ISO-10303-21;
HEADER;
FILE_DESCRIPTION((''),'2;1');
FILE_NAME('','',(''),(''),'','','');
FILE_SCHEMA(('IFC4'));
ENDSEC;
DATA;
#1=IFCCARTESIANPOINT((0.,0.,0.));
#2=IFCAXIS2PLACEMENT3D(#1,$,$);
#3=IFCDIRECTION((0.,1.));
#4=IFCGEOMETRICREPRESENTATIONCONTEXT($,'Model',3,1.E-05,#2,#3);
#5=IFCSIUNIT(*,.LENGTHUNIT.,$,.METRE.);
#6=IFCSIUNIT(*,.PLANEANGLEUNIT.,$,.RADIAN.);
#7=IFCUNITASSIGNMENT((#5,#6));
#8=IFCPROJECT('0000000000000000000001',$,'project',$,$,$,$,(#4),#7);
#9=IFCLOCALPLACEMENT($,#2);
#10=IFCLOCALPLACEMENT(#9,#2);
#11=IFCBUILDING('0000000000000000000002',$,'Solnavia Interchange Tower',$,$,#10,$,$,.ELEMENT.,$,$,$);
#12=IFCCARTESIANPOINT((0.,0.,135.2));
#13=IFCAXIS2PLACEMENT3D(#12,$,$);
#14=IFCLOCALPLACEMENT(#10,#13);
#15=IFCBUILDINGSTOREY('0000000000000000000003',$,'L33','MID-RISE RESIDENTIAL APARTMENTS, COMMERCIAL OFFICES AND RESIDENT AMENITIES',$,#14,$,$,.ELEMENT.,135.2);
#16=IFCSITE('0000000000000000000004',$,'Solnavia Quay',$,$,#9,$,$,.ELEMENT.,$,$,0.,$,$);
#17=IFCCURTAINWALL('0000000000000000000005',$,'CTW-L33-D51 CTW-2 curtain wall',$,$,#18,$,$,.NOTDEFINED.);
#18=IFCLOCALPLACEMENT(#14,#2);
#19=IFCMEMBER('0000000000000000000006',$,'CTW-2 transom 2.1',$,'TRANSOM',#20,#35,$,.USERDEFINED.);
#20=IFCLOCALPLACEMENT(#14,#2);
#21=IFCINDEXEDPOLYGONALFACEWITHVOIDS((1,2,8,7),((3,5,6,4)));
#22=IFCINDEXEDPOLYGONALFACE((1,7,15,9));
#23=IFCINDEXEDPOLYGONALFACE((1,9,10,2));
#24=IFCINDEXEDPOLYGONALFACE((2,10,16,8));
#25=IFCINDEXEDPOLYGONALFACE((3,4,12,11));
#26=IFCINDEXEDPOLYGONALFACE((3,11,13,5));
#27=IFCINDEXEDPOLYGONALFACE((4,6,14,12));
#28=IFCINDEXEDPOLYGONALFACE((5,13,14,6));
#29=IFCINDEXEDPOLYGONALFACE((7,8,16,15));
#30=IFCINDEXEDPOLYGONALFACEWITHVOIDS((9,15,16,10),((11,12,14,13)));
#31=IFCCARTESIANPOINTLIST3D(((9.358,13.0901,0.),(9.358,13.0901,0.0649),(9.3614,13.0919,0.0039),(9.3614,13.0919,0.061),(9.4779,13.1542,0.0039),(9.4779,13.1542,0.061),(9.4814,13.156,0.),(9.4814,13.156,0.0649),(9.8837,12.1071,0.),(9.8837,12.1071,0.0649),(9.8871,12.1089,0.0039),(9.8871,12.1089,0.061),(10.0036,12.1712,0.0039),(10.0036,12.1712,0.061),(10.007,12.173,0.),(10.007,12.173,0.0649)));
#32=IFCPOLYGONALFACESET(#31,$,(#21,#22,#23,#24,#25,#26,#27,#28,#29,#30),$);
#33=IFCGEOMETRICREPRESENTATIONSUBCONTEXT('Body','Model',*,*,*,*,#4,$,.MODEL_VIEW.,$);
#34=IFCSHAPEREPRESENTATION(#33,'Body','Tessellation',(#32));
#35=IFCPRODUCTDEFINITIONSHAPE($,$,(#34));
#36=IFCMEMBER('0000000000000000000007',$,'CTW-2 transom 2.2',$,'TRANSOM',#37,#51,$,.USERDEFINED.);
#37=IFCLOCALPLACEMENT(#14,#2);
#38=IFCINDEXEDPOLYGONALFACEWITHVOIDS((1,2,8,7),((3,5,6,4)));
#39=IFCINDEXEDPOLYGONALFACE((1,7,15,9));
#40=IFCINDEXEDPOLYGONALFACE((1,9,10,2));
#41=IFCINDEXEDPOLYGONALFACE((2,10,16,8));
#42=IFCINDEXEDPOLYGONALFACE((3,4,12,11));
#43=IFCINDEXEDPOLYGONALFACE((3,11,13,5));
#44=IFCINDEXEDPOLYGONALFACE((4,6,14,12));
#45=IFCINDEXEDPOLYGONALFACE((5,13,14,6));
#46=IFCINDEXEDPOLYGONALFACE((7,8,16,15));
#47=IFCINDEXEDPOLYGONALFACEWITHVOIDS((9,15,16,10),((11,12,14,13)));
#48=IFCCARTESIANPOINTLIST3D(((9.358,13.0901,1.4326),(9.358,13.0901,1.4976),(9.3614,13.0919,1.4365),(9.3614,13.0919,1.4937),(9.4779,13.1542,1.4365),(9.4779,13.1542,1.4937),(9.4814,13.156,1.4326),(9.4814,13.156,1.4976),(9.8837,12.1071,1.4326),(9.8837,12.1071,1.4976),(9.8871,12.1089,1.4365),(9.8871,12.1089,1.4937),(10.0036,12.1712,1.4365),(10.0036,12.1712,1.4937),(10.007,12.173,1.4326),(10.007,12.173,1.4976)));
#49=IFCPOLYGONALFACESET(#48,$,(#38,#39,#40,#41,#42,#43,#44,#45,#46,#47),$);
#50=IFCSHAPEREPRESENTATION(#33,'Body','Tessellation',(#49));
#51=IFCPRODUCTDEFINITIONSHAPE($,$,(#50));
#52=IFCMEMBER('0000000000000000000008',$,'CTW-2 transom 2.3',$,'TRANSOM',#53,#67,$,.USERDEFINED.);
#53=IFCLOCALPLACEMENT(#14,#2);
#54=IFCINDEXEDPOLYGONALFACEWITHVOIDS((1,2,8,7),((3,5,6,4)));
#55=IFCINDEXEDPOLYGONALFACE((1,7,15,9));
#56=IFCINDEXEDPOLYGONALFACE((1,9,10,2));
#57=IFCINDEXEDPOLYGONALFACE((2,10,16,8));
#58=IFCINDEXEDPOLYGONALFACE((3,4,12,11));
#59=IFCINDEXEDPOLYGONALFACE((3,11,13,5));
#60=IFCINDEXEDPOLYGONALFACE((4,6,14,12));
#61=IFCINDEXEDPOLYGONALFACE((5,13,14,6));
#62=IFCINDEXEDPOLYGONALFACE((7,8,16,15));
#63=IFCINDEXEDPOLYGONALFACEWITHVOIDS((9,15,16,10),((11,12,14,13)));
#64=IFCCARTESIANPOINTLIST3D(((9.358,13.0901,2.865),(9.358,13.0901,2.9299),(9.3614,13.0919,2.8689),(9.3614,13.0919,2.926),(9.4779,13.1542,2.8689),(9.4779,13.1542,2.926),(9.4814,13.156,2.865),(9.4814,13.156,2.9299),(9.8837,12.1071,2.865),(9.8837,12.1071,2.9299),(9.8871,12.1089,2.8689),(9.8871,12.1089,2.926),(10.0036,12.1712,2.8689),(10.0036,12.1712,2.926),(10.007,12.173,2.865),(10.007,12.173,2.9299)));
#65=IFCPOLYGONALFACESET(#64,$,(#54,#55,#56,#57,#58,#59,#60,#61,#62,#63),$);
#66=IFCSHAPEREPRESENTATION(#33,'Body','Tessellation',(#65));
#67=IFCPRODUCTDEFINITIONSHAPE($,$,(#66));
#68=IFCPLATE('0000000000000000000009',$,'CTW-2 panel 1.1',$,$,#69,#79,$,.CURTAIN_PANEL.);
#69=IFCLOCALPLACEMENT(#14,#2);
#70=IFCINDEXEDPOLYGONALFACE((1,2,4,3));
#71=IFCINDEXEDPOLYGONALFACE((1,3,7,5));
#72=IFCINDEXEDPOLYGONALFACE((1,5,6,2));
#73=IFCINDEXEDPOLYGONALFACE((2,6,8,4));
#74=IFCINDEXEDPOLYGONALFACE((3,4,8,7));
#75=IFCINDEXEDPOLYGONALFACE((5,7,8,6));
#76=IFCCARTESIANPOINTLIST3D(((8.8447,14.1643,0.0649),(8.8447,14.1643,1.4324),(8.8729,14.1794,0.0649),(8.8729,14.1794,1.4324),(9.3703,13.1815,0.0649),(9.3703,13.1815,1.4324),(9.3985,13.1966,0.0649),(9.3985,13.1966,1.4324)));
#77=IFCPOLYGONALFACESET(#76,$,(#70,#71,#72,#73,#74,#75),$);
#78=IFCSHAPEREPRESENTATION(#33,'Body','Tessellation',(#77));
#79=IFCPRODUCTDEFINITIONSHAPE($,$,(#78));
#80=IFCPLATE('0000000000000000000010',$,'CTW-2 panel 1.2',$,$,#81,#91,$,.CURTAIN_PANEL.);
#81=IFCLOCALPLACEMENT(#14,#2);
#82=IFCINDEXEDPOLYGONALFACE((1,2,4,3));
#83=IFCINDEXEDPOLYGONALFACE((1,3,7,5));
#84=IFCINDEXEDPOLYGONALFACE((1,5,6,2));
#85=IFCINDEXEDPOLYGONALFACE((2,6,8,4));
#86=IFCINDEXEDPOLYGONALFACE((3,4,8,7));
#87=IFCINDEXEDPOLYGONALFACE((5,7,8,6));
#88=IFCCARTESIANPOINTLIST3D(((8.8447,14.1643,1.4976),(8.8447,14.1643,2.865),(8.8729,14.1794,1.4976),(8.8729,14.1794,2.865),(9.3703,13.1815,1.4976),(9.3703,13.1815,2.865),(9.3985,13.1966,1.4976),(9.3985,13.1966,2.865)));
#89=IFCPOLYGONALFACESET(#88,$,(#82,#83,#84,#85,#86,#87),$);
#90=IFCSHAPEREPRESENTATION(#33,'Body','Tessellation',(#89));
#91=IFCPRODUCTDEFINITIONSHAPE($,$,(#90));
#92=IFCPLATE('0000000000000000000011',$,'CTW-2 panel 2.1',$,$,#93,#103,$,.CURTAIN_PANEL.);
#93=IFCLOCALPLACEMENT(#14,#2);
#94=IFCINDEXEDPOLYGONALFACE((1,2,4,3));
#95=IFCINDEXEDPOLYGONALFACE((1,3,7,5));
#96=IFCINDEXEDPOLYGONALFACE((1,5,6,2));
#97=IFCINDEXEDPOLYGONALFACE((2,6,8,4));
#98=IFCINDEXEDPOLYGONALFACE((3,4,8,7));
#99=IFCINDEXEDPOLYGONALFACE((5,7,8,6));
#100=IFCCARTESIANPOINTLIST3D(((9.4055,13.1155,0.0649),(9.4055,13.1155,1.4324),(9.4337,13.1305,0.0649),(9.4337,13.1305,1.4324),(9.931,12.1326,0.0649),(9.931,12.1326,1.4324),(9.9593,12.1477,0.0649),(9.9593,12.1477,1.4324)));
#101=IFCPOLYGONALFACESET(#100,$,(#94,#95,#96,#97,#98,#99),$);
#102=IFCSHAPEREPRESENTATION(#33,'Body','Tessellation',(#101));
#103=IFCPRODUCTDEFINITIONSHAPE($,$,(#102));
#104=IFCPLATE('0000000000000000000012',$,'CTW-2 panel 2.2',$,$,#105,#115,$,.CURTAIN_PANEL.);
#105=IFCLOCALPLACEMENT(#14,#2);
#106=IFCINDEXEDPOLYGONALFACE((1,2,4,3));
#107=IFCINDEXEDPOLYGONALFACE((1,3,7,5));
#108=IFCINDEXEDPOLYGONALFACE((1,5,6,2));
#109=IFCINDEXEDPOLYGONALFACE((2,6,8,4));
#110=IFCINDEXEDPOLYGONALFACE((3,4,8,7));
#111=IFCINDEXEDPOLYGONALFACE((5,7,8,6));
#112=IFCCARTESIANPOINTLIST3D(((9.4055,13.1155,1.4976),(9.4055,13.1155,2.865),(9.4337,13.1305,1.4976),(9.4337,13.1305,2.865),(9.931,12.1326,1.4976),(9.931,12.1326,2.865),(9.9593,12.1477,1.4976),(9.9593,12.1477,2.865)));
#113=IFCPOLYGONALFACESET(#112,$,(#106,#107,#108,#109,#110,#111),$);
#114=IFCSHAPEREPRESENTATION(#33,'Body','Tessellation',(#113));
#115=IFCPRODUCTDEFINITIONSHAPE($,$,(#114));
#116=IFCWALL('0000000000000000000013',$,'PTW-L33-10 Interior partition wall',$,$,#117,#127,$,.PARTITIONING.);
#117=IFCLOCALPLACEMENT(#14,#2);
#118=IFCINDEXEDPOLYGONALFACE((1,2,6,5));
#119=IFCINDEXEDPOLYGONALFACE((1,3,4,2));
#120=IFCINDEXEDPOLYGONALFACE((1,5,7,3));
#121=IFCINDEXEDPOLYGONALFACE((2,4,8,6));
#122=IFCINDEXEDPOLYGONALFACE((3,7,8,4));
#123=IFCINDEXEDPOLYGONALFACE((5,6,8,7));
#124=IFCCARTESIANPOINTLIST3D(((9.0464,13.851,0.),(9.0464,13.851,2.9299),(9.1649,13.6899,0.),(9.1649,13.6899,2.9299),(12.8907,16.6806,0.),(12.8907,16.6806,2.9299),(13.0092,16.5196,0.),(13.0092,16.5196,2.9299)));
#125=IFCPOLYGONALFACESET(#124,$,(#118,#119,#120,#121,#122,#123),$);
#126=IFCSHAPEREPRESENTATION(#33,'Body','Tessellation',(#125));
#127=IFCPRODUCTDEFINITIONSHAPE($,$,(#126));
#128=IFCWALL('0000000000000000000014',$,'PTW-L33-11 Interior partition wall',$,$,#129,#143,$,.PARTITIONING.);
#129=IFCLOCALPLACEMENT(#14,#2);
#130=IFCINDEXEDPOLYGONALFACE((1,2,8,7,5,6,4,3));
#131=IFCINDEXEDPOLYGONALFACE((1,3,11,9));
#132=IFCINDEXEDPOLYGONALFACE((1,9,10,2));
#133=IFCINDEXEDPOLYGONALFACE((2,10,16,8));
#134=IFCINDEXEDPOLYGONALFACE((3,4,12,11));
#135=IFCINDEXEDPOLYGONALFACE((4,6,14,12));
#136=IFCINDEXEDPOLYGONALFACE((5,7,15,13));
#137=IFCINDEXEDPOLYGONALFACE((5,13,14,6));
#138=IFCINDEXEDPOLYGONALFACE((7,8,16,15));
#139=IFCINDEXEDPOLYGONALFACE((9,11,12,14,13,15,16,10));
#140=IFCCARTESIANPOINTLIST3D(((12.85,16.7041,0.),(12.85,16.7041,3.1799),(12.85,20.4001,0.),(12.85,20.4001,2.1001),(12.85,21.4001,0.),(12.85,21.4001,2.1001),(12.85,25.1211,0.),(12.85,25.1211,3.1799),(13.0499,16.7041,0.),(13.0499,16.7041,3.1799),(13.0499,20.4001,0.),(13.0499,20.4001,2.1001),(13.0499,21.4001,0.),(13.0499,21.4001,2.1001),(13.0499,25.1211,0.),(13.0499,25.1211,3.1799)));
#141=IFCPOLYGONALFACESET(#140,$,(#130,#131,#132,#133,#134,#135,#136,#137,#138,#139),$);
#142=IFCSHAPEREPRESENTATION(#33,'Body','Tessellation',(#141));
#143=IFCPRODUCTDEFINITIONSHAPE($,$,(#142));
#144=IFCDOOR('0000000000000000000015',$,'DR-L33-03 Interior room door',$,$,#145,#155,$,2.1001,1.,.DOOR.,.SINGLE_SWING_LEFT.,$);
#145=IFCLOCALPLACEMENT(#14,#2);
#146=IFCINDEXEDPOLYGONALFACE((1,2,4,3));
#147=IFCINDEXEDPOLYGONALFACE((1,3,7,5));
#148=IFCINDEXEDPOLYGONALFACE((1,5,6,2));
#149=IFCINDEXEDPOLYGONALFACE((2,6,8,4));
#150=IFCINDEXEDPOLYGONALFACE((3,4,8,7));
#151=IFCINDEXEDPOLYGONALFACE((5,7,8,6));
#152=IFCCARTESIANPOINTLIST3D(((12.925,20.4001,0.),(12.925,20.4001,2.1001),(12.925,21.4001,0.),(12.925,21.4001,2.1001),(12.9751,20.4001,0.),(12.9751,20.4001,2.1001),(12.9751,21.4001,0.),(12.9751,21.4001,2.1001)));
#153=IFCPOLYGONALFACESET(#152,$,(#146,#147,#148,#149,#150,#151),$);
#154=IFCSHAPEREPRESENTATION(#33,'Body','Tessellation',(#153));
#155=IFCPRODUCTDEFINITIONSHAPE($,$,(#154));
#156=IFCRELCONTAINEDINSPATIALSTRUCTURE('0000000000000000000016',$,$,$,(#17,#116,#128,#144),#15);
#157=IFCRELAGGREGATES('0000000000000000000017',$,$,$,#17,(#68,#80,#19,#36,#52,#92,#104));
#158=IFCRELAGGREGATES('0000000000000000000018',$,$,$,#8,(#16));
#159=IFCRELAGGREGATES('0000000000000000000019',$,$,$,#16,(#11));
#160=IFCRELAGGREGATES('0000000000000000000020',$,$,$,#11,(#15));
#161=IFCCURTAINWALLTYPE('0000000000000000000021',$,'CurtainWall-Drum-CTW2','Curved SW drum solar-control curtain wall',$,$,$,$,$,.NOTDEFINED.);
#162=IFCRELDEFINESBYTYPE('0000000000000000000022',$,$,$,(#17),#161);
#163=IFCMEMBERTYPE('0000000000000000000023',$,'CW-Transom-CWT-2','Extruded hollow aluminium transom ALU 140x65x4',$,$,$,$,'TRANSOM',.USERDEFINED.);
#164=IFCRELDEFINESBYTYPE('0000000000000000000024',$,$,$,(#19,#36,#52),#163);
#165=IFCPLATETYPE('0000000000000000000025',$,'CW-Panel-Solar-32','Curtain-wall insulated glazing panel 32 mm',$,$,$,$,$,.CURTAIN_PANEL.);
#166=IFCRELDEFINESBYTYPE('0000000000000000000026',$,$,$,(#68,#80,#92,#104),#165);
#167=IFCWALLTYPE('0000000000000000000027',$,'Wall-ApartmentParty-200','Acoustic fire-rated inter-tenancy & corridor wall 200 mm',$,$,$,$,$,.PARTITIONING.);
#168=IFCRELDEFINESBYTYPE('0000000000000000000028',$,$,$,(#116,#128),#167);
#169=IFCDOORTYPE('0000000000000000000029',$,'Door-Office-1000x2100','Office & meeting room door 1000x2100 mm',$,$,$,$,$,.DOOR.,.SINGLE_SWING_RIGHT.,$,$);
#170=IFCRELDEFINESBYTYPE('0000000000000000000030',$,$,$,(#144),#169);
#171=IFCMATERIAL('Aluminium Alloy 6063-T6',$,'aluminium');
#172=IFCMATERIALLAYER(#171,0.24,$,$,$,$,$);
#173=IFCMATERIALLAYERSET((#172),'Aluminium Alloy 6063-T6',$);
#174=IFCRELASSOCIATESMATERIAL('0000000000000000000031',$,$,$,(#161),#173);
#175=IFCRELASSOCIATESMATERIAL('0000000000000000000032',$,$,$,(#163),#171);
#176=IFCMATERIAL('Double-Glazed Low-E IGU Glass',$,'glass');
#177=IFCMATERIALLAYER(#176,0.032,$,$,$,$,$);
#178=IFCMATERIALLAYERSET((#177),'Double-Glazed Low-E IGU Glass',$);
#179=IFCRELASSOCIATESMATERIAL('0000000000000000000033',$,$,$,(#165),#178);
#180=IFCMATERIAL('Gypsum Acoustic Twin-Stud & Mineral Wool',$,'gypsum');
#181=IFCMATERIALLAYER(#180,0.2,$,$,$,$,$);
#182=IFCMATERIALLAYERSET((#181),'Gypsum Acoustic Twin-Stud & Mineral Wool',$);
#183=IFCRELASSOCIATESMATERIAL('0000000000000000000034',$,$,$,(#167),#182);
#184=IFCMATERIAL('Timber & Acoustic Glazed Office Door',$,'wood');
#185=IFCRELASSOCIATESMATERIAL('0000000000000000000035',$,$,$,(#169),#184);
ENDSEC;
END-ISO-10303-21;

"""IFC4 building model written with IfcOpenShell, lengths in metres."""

from ifc_helpers import new_model, si_unit, direction, frame, frame_2d, origin, origin_2d, place, context, subcontext, project, spatial, rectangle, hollow_rectangle, extrude, material, layer, layer_set, material_profile, profile_set, type_object, element, fill, aggregate, save


model = new_model("IFC4")

# Units and contexts
model_context = context("Model", 3, precision=1e-05, world=origin(), true_north=direction((0.0, 1.0)))
body_context = subcontext(model_context, "Body", "Model", "MODEL_VIEW")
ifc_project = project(units=[si_unit("LENGTHUNIT", "METRE"), si_unit("PLANEANGLEUNIT", "RADIAN")], contexts=[model_context])

# Site, building, storey
site_placement = place(None, origin())
site = spatial("IfcSite", under=ifc_project, at=site_placement, Name="Solnavia Quay", CompositionType="ELEMENT", RefElevation=0.0)
building_placement = place(site_placement, origin())
building = spatial("IfcBuilding", under=site, at=building_placement, Name="Solnavia Interchange Tower", CompositionType="ELEMENT")
storey_placement = place(building_placement, frame((0.0, 0.0, 135.2)))
storey = spatial("IfcBuildingStorey", under=building, at=storey_placement, Name="L33", Description="MID-RISE RESIDENTIAL APARTMENTS, COMMERCIAL OFFICES AND RESIDENT AMENITIES", CompositionType="ELEMENT", Elevation=135.2)

# Curtain wall, members, plates
ifc_material_1 = material(Name="Aluminium Alloy 6063-T6", Category="aluminium")
ifc_layer_1 = layer(ifc_material_1, 0.24)
ifc_layer_set_1 = layer_set([ifc_layer_1], Name="Aluminium Alloy 6063-T6")
curtain_wall_type = type_object("IfcCurtainWallType", Name="CurtainWall-Drum-CTW2", Description="Curved SW drum solar-control curtain wall", PredefinedType="NOTDEFINED", material=ifc_layer_set_1)
curtain_wall_placement = place(storey_placement, origin())
curtain_wall = element("IfcCurtainWall", 1, at=curtain_wall_placement, inside=storey, type_object=curtain_wall_type, Name="CTW-L33-D51 CTW-2 curtain wall", PredefinedType="NOTDEFINED")
ifc_material_profile_1 = material_profile(ifc_material_1, hollow_rectangle(XDim=0.0649, YDim=0.1399, WallThickness=0.0039, at=origin_2d()), Name="ALU 140x65x4")
ifc_profile_set_1 = profile_set([ifc_material_profile_1], Name="Aluminium Alloy 6063-T6")
member_type_1 = type_object("IfcMemberType", Name="CW-Transom-CWT-2", Description="Extruded hollow aluminium transom ALU 140x65x4", ElementType="TRANSOM", PredefinedType="USERDEFINED", material=ifc_profile_set_1)
member_1_placement = place(storey_placement, frame((9.4197, 13.123, 0.0325), z_axis=(0.471577, -0.881825, 0.0), x_axis=(0.0, 0.0, 1.0)))
member_1 = element("IfcMember", 2, at=member_1_placement, type_object=member_type_1, Name="CTW-2 transom 2.1", ObjectType="TRANSOM", PredefinedType="USERDEFINED", context=body_context, shape_type="SweptSolid", body=[
    extrude(hollow_rectangle(XDim=0.0649, YDim=0.1399, WallThickness=0.0039, at=origin_2d()), origin(), (0.0, 0.0, 1.0), 1.1147),
])
member_2_placement = place(storey_placement, frame((9.4197, 13.123, 1.4651), z_axis=(0.471577, -0.881825, 0.0), x_axis=(0.0, 0.0, 1.0)))
member_2 = element("IfcMember", 3, at=member_2_placement, type_object=member_type_1, Name="CTW-2 transom 2.2", ObjectType="TRANSOM", PredefinedType="USERDEFINED", context=body_context, shape_type="SweptSolid", body=[
    extrude(hollow_rectangle(XDim=0.0649, YDim=0.1399, WallThickness=0.0039, at=origin_2d()), origin(), (0.0, 0.0, 1.0), 1.1147),
])
member_3_placement = place(storey_placement, frame((9.4197, 13.123, 2.8975), z_axis=(0.471577, -0.881825, 0.0), x_axis=(0.0, 0.0, 1.0)))
member_3 = element("IfcMember", 4, at=member_3_placement, type_object=member_type_1, Name="CTW-2 transom 2.3", ObjectType="TRANSOM", PredefinedType="USERDEFINED", context=body_context, shape_type="SweptSolid", body=[
    extrude(hollow_rectangle(XDim=0.0649, YDim=0.1399, WallThickness=0.0039, at=origin_2d()), origin(), (0.0, 0.0, 1.0), 1.1147),
])
ifc_material_2 = material(Name="Double-Glazed Low-E IGU Glass", Category="glass")
ifc_layer_2 = layer(ifc_material_2, 0.032)
ifc_layer_set_2 = layer_set([ifc_layer_2], Name="Double-Glazed Low-E IGU Glass")
plate_type = type_object("IfcPlateType", Name="CW-Panel-Solar-32", Description="Curtain-wall insulated glazing panel 32 mm", PredefinedType="CURTAIN_PANEL", material=ifc_layer_set_2)
plate_1_placement = place(storey_placement, frame((9.1216, 13.6804, 0.0649), z_axis=(0.0, 0.0, 1.0), x_axis=(0.471561, -0.881834, 0.0)))
plate_1 = element("IfcPlate", 5, at=plate_1_placement, type_object=plate_type, Name="CTW-2 panel 1.1", PredefinedType="CURTAIN_PANEL", context=body_context, shape_type="SweptSolid", body=[
    extrude(rectangle(XDim=1.1145, YDim=0.032, at=origin_2d()), origin(), (0.0, 0.0, 1.0), 1.3674),
])
plate_2_placement = place(storey_placement, frame((9.1216, 13.6804, 1.4976), z_axis=(0.0, 0.0, 1.0), x_axis=(0.471561, -0.881834, 0.0)))
plate_2 = element("IfcPlate", 6, at=plate_2_placement, type_object=plate_type, Name="CTW-2 panel 1.2", PredefinedType="CURTAIN_PANEL", context=body_context, shape_type="SweptSolid", body=[
    extrude(rectangle(XDim=1.1145, YDim=0.032, at=origin_2d()), origin(), (0.0, 0.0, 1.0), 1.3674),
])
plate_3_placement = place(storey_placement, frame((9.6824, 12.6316, 0.0649), z_axis=(0.0, 0.0, 1.0), x_axis=(0.471561, -0.881834, 0.0)))
plate_3 = element("IfcPlate", 7, at=plate_3_placement, type_object=plate_type, Name="CTW-2 panel 2.1", PredefinedType="CURTAIN_PANEL", context=body_context, shape_type="SweptSolid", body=[
    extrude(rectangle(XDim=1.1145, YDim=0.032, at=origin_2d()), origin(), (0.0, 0.0, 1.0), 1.3674),
])
plate_4_placement = place(storey_placement, frame((9.6824, 12.6316, 1.4976), z_axis=(0.0, 0.0, 1.0), x_axis=(0.471561, -0.881834, 0.0)))
plate_4 = element("IfcPlate", 8, at=plate_4_placement, type_object=plate_type, Name="CTW-2 panel 2.2", PredefinedType="CURTAIN_PANEL", context=body_context, shape_type="SweptSolid", body=[
    extrude(rectangle(XDim=1.1145, YDim=0.032, at=origin_2d()), origin(), (0.0, 0.0, 1.0), 1.3674),
])
aggregate(curtain_wall, [plate_1, plate_2, member_1, member_2, member_3, plate_3, plate_4])

# Wall
ifc_material_3 = material(Name="Gypsum Acoustic Twin-Stud & Mineral Wool", Category="gypsum")
ifc_layer_3 = layer(ifc_material_3, 0.2)
ifc_layer_set_3 = layer_set([ifc_layer_3], Name="Gypsum Acoustic Twin-Stud & Mineral Wool")
wall_type_1 = type_object("IfcWallType", Name="Wall-ApartmentParty-200", Description="Acoustic fire-rated inter-tenancy & corridor wall 200 mm", PredefinedType="PARTITIONING", material=ifc_layer_set_3)
wall_1_placement = place(storey_placement, frame((12.95, 16.6001, 0.0), z_axis=(0.0, 0.0, 1.0), x_axis=(-0.805357, -0.592791, 0.0)))
element("IfcWall", 9, at=wall_1_placement, inside=storey, type_object=wall_type_1, Name="PTW-L33-10 Interior partition wall", PredefinedType="PARTITIONING", context=body_context, shape_type="SweptSolid", body=[
    extrude(rectangle(XDim=4.7734, YDim=0.2, at=frame_2d((2.3867, 0.0))), origin(), (0.0, 0.0, 1.0), 2.9299),
])

# Wall, opening, door
wall_2_placement = place(storey_placement, frame((12.95, 16.7041, 0.0), z_axis=(0.0, 0.0, 1.0), x_axis=(0.0, 1.0, 0.0)))
wall_2 = element("IfcWall", 10, at=wall_2_placement, inside=storey, type_object=wall_type_1, Name="PTW-L33-11 Interior partition wall", PredefinedType="PARTITIONING", context=body_context, shape_type="SweptSolid", body=[
    extrude(rectangle(XDim=8.417, YDim=0.2, at=frame_2d((4.2085, 0.0))), origin(), (0.0, 0.0, 1.0), 3.1799),
])
opening_1_placement = place(wall_2_placement, frame((3.696, 0.0, 0.0)))
opening_1 = element("IfcOpeningElement", 11, at=opening_1_placement, cuts=wall_2, PredefinedType="OPENING", context=body_context, shape_type="SweptSolid", body=[
    extrude(rectangle(XDim=1.0, YDim=2.1001, at=frame_2d((0.5, 1.05))), frame((0.0, 0.1099, 0.0), z_axis=(0.0, -1.0, 0.0), x_axis=(1.0, 0.0, 0.0)), (0.0, 0.0, 1.0), 0.22),
])
ifc_material_4 = material(Name="Timber & Acoustic Glazed Office Door", Category="wood")
door_type = type_object("IfcDoorType", Name="Door-Office-1000x2100", Description="Office & meeting room door 1000x2100 mm", OperationType="SINGLE_SWING_RIGHT", PredefinedType="DOOR", material=ifc_material_4)
door_placement = place(opening_1_placement, origin())
door = element("IfcDoor", 12, at=door_placement, inside=storey, type_object=door_type, Name="DR-L33-03 Interior room door", OperationType="SINGLE_SWING_LEFT", OverallHeight=2.1001, OverallWidth=1.0, PredefinedType="DOOR", context=body_context, shape_type="SweptSolid", body=[
    extrude(rectangle(XDim=1.0, YDim=2.1001, at=frame_2d((0.5, 1.05))), frame((0.0, 0.0249, 0.0), z_axis=(0.0, -1.0, 0.0), x_axis=(1.0, 0.0, 0.0)), (0.0, 0.0, 1.0), 0.05),
])
fill(opening_1, door)

save(model, "model.ifc")
